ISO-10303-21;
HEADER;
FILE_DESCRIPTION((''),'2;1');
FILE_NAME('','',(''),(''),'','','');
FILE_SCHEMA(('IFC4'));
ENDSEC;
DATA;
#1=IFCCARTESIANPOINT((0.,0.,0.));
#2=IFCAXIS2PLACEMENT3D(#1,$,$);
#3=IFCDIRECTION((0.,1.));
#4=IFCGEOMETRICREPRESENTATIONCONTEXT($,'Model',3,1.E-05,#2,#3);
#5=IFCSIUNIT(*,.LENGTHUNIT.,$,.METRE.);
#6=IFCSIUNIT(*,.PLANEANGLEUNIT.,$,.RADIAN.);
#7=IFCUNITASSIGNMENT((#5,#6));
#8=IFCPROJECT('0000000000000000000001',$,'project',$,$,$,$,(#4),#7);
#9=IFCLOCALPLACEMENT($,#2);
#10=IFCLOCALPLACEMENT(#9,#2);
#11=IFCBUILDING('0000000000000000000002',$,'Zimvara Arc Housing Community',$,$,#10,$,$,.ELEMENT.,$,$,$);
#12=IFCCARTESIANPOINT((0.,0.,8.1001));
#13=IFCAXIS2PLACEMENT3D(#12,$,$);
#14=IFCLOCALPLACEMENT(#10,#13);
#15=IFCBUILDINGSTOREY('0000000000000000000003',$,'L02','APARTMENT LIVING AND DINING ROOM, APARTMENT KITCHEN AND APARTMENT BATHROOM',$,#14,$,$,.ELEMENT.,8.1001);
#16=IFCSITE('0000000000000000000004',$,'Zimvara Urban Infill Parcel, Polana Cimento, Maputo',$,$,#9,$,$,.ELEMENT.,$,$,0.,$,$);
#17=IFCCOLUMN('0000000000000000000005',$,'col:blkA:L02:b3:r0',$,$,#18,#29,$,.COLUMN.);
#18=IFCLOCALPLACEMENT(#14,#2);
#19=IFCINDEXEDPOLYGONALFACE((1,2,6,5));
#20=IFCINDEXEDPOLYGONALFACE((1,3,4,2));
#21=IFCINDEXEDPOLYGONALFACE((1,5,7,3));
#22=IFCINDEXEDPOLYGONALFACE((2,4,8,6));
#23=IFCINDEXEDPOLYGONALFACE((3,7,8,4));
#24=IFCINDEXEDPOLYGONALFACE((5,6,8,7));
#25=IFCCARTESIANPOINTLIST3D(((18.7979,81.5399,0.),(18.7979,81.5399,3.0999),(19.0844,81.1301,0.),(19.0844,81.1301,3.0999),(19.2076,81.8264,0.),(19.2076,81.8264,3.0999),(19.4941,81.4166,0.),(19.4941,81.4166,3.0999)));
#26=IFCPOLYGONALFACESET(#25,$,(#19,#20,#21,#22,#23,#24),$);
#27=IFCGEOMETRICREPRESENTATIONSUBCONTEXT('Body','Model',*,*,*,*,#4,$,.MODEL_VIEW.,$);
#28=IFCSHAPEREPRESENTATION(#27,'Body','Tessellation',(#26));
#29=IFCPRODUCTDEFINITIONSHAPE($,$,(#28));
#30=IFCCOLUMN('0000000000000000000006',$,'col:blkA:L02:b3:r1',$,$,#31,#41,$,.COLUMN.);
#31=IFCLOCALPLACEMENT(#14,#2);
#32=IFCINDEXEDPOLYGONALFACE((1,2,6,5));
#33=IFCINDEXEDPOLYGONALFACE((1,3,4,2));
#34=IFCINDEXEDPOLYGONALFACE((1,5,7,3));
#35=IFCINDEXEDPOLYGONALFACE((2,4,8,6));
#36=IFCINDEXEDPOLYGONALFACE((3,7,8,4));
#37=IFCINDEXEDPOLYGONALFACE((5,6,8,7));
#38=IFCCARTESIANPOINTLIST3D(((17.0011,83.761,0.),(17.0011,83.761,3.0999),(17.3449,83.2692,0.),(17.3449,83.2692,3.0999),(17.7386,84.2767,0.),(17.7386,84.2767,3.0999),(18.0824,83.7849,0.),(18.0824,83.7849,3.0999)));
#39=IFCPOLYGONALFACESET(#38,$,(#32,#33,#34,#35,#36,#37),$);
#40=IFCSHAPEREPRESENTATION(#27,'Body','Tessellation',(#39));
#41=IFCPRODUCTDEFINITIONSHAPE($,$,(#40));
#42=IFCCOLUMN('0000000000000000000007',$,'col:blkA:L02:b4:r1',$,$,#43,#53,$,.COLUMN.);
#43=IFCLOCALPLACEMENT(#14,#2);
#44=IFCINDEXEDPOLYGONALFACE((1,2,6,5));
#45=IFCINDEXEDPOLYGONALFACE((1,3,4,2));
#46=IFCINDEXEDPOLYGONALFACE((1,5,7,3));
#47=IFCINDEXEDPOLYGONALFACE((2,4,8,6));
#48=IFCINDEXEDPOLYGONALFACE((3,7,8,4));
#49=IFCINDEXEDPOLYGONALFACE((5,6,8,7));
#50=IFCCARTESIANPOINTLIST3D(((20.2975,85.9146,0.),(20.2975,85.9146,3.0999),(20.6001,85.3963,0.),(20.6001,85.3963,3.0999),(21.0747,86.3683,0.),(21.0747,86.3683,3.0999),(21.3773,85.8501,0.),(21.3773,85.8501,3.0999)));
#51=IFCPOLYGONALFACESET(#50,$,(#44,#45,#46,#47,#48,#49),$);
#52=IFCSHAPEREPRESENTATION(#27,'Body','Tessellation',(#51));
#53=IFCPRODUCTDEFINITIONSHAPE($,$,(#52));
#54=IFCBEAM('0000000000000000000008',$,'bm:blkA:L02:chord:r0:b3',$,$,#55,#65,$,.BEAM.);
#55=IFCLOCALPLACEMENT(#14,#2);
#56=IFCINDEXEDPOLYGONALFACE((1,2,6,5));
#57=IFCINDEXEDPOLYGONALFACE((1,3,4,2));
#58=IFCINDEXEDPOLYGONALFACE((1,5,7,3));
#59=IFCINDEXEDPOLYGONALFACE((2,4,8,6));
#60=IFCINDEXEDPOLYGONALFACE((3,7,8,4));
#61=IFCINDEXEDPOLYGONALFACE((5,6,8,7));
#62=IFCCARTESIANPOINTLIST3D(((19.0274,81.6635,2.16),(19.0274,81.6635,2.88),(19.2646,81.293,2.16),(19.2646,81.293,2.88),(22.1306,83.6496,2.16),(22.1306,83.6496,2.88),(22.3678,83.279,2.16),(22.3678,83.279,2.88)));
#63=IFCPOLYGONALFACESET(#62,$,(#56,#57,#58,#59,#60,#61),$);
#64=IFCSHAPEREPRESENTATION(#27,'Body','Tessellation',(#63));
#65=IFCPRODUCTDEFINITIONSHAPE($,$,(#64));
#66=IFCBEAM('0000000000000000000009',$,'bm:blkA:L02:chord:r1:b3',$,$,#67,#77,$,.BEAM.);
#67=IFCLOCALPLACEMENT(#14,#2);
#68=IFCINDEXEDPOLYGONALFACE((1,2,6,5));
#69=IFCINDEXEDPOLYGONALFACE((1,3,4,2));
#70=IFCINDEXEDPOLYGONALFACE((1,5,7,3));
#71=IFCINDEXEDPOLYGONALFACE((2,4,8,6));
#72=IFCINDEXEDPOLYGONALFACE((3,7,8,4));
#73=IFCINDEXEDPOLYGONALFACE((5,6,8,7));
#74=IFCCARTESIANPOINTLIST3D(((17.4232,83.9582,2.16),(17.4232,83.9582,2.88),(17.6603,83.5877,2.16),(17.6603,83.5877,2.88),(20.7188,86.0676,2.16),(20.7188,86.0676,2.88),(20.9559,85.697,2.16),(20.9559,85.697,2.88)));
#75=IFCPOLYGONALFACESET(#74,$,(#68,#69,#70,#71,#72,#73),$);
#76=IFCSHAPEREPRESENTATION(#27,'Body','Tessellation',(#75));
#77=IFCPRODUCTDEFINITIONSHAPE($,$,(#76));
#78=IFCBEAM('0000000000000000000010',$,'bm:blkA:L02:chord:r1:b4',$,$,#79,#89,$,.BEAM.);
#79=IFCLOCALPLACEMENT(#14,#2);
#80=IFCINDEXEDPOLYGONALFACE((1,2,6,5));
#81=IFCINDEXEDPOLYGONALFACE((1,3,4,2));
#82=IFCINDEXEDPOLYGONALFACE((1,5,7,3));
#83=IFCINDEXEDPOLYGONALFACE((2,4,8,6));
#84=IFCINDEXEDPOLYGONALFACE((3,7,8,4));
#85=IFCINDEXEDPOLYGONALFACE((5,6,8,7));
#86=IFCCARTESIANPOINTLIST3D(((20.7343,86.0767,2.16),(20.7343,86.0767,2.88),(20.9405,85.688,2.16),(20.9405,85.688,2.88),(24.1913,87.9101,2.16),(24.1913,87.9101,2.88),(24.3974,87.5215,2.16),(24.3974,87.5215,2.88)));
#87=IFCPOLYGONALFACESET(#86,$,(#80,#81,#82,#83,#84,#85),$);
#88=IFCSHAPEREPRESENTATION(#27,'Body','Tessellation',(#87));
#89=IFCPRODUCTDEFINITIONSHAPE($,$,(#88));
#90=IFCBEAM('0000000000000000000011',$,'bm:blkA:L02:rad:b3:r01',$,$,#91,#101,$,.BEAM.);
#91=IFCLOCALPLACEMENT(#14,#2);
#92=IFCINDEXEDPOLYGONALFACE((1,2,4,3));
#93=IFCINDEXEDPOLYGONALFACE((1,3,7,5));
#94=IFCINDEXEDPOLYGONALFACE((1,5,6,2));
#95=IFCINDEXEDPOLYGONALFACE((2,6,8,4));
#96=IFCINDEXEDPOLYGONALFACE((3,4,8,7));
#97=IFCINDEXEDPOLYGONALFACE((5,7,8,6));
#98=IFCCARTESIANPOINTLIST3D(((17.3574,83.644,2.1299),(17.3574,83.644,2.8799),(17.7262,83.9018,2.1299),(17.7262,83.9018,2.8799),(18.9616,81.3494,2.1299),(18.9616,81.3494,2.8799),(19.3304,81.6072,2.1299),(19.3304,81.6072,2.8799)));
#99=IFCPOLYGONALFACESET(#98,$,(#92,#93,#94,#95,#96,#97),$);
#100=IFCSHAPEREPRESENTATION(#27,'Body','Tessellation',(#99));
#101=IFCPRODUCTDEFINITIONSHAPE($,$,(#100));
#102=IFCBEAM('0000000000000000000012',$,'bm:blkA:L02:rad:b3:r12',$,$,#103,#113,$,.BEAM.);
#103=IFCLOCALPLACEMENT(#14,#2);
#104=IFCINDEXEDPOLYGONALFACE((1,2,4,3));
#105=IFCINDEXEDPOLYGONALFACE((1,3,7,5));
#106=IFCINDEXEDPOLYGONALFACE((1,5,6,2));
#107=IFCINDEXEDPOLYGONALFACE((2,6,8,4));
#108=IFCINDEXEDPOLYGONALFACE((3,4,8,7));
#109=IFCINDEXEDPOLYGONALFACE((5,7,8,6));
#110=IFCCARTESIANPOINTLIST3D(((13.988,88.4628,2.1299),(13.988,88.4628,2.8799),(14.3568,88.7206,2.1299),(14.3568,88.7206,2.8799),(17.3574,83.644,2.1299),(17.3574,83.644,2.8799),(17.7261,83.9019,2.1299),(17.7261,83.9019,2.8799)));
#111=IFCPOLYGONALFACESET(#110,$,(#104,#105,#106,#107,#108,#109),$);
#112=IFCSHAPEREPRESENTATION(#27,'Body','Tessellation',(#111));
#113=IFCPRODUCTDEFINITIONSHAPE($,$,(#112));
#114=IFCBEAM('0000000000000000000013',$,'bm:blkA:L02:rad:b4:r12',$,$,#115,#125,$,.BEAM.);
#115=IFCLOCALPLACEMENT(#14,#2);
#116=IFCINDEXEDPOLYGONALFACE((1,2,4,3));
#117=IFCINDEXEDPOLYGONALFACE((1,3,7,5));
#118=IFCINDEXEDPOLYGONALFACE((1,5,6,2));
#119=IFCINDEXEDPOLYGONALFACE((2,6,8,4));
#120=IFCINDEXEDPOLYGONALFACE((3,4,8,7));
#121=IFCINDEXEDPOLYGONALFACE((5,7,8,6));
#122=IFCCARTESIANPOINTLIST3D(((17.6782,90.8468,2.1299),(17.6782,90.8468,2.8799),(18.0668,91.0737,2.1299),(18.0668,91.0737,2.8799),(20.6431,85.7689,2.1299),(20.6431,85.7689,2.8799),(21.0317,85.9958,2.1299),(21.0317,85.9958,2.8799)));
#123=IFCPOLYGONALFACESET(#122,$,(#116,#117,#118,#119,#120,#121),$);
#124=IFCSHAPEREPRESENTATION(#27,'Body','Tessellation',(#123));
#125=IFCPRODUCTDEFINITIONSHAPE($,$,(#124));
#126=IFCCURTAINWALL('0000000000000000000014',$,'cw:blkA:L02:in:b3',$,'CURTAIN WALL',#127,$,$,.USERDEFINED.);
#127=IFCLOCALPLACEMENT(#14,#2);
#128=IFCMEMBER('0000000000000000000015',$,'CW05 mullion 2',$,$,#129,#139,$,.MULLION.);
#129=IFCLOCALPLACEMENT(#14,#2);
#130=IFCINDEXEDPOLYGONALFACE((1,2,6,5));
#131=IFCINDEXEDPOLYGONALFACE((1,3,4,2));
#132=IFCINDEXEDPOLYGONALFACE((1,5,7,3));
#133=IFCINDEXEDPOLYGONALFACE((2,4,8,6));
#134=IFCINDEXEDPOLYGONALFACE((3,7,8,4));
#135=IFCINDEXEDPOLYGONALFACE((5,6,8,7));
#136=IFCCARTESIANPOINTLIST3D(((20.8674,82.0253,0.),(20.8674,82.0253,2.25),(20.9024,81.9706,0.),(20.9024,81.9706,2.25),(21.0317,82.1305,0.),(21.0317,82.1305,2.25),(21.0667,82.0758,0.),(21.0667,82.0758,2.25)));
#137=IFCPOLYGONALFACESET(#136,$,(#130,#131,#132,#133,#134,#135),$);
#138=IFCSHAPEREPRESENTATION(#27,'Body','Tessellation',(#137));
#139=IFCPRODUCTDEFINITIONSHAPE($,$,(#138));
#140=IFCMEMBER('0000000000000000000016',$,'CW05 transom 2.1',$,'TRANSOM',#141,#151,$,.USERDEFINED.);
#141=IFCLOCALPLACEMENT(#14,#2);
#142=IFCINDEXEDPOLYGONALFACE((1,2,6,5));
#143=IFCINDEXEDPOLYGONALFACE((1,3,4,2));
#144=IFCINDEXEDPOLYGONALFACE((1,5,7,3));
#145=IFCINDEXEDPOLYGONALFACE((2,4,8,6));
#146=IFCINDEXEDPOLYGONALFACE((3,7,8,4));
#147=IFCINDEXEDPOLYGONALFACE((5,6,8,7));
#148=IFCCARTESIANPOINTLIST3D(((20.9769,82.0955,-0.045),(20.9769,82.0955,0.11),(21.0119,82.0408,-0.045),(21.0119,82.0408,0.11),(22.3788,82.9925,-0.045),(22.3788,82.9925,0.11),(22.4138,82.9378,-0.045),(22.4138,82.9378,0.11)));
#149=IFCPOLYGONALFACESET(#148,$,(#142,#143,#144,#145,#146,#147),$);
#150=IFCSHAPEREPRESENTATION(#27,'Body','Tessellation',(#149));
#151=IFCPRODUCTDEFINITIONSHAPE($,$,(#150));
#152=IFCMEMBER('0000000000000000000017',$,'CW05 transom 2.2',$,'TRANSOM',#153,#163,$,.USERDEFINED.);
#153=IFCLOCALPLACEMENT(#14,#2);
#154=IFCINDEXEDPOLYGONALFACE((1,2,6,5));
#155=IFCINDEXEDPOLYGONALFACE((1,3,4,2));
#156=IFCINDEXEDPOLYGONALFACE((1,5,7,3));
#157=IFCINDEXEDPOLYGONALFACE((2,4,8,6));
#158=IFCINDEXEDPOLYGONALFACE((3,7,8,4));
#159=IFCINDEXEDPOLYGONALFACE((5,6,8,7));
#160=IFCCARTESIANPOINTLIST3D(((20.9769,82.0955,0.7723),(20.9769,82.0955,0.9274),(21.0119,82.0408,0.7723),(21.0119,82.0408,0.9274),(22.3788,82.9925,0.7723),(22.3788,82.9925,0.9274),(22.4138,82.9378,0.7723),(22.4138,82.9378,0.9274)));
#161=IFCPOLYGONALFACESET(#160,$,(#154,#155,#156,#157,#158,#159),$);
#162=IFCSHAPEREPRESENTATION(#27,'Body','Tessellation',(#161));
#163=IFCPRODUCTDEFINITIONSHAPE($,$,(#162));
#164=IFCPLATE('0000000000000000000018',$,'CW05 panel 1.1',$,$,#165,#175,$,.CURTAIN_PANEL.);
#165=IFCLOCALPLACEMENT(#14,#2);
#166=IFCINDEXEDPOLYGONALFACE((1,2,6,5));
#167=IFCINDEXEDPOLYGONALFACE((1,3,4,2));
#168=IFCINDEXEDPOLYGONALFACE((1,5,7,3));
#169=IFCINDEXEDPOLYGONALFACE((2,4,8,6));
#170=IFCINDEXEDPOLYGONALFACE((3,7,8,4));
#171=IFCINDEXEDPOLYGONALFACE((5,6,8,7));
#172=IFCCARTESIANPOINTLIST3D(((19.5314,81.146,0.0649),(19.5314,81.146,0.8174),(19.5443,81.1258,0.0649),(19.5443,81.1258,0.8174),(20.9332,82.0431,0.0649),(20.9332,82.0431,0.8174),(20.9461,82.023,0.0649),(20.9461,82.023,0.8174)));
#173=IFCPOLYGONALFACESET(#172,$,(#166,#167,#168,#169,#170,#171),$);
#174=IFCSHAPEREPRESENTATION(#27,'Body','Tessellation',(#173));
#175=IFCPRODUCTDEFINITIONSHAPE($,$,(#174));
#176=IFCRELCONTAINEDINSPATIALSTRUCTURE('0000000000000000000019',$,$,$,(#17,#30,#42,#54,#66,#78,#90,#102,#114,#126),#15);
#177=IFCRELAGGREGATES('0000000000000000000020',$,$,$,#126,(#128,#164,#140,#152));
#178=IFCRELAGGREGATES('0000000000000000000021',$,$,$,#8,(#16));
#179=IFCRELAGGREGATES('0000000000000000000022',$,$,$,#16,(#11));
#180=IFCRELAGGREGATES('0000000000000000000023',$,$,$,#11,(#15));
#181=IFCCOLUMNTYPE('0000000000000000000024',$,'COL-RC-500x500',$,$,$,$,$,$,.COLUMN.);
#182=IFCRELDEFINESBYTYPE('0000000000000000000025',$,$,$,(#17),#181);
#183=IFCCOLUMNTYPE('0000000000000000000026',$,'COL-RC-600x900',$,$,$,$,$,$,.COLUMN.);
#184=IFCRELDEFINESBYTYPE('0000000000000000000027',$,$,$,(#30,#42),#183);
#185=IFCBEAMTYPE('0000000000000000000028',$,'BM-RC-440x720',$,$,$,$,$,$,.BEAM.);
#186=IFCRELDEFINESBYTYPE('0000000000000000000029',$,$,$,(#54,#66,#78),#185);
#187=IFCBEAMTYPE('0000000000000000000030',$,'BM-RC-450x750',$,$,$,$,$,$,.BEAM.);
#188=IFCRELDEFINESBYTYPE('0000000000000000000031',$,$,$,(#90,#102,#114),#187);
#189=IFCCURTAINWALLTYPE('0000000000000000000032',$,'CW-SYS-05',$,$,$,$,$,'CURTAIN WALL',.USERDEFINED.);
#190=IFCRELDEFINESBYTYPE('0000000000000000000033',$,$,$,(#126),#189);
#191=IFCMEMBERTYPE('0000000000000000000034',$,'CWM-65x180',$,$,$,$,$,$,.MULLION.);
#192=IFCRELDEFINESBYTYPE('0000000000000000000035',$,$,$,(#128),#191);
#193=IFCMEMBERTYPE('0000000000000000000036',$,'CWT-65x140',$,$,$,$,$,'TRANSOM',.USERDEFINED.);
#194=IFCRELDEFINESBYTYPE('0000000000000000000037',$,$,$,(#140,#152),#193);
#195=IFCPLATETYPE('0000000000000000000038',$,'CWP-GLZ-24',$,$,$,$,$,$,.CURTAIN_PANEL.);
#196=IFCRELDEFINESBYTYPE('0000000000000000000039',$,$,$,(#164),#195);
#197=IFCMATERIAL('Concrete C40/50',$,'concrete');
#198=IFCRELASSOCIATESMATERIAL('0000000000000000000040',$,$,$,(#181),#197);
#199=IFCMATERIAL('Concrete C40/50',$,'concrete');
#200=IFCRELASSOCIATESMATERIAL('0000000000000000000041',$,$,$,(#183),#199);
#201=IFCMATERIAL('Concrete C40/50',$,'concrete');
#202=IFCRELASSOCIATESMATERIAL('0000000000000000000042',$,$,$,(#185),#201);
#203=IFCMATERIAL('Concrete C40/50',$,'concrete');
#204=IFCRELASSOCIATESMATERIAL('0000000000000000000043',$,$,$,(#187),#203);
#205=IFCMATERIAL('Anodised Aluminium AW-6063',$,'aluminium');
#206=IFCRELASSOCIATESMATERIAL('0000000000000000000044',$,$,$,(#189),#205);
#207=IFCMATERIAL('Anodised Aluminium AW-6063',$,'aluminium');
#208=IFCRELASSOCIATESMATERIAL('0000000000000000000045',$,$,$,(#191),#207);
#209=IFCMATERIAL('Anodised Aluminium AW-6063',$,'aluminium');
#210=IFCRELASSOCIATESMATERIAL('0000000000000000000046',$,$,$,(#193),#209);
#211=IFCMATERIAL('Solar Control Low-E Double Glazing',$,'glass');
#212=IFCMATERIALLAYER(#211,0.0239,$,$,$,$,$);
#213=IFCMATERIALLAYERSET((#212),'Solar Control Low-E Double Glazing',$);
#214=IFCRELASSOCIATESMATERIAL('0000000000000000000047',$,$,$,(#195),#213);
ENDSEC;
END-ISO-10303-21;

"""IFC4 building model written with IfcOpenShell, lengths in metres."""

from ifc_helpers import new_model, si_unit, direction, frame, origin, origin_2d, place, context, subcontext, project, spatial, rectangle, extrude, material, layer, layer_set, material_profile, profile_set, type_object, element, aggregate, save


model = new_model("IFC4")

# Units and contexts
model_context = context("Model", 3, precision=1e-05, world=origin(), true_north=direction((0.0, 1.0)))
body_context = subcontext(model_context, "Body", "Model", "MODEL_VIEW")
ifc_project = project(units=[si_unit("LENGTHUNIT", "METRE"), si_unit("PLANEANGLEUNIT", "RADIAN")], contexts=[model_context])

# Site, building, storey
site_placement = place(None, origin())
site = spatial("IfcSite", under=ifc_project, at=site_placement, Name="Zimvara Urban Infill Parcel, Polana Cimento, Maputo", CompositionType="ELEMENT", RefElevation=0.0)
building_placement = place(site_placement, origin())
building = spatial("IfcBuilding", under=site, at=building_placement, Name="Zimvara Arc Housing Community", CompositionType="ELEMENT")
storey_placement = place(building_placement, frame((0.0, 0.0, 8.1001)))
storey = spatial("IfcBuildingStorey", under=building, at=storey_placement, Name="L02", Description="APARTMENT LIVING AND DINING ROOM, APARTMENT KITCHEN AND APARTMENT BATHROOM", CompositionType="ELEMENT", Elevation=8.1001)

# Columns
ifc_material_1 = material(Name="Concrete C40/50", Category="concrete")
ifc_material_profile_1 = material_profile(ifc_material_1, rectangle(XDim=0.5, YDim=0.5, at=origin_2d()), Name="RC 500x500")
ifc_profile_set_1 = profile_set([ifc_material_profile_1], Name="Concrete C40/50")
column_type_1 = type_object("IfcColumnType", Name="COL-RC-500x500", PredefinedType="COLUMN", material=ifc_profile_set_1)
column_placement = place(storey_placement, frame((19.146, 81.4783, 0.0), z_axis=(0.0, 0.0, 1.0), x_axis=(-0.573004, 0.819552, 0.0)))
element("IfcColumn", 1, at=column_placement, inside=storey, type_object=column_type_1, Name="col:blkA:L02:b3:r0", PredefinedType="COLUMN", context=body_context, shape_type="SweptSolid", body=[
    extrude(rectangle(XDim=0.5, YDim=0.5, at=origin_2d()), origin(), (0.0, 0.0, 1.0), 3.0999),
])
ifc_material_2 = material(Name="Concrete C40/50", Category="concrete")
ifc_material_profile_2 = material_profile(ifc_material_2, rectangle(XDim=0.6001, YDim=0.8999, at=origin_2d()), Name="RC 600x900")
ifc_profile_set_2 = profile_set([ifc_material_profile_2], Name="Concrete C40/50")
column_type_2 = type_object("IfcColumnType", Name="COL-RC-600x900", PredefinedType="COLUMN", material=ifc_profile_set_2)
for number, where, z_axis, x_axis, name in (
    (2, (17.5417, 83.7729, 0.0), (0.0, 0.0, 1.0), (-0.573004, 0.819552, 0.0), "col:blkA:L02:b3:r1"),
    (3, (20.8374, 85.8823, 0.0), (0.0, 0.0, 1.0), (-0.504226, 0.863572, 0.0), "col:blkA:L02:b4:r1"),
):
    element("IfcColumn", number, at=place(storey_placement, frame(where, z_axis=z_axis, x_axis=x_axis)), inside=storey, type_object=column_type_2, Name=name, PredefinedType="COLUMN", context=body_context, shape_type="SweptSolid", body=[
        extrude(rectangle(XDim=0.6001, YDim=0.8999, at=origin_2d()), origin(), (0.0, 0.0, 1.0), 3.0999),
    ])

# Beams
ifc_material_3 = material(Name="Concrete C40/50", Category="concrete")
ifc_material_profile_3 = material_profile(ifc_material_3, rectangle(XDim=0.4399, YDim=0.72, at=origin_2d()), Name="RC 440x720")
ifc_profile_set_3 = profile_set([ifc_material_profile_3], Name="Concrete C40/50")
beam_type_1 = type_object("IfcBeamType", Name="BM-RC-440x720", PredefinedType="BEAM", material=ifc_profile_set_3)
beam_1_placement = place(storey_placement, frame((19.146, 81.4783, 2.52), z_axis=(0.842273, 0.539052, 0.0), x_axis=(-0.539052, 0.842273, 0.0)))
element("IfcBeam", 4, at=beam_1_placement, inside=storey, type_object=beam_type_1, Name="bm:blkA:L02:chord:r0:b3", PredefinedType="BEAM", context=body_context, shape_type="SweptSolid", body=[
    extrude(rectangle(XDim=0.4399, YDim=0.72, at=origin_2d()), origin(), (0.0, 0.0, 1.0), 3.6843),
])
beam_2_placement = place(storey_placement, frame((17.5417, 83.7729, 2.52), z_axis=(0.842253, 0.539082, 0.0), x_axis=(-0.539082, 0.842253, 0.0)))
element("IfcBeam", 5, at=beam_2_placement, inside=storey, type_object=beam_type_1, Name="bm:blkA:L02:chord:r1:b3", PredefinedType="BEAM", context=body_context, shape_type="SweptSolid", body=[
    extrude(rectangle(XDim=0.4399, YDim=0.72, at=origin_2d()), origin(), (0.0, 0.0, 1.0), 3.9128),
])
beam_3_placement = place(storey_placement, frame((20.8374, 85.8823, 2.52), z_axis=(0.883439, 0.468547, 0.0), x_axis=(-0.468547, 0.883439, 0.0)))
element("IfcBeam", 6, at=beam_3_placement, inside=storey, type_object=beam_type_1, Name="bm:blkA:L02:chord:r1:b4", PredefinedType="BEAM", context=body_context, shape_type="SweptSolid", body=[
    extrude(rectangle(XDim=0.4399, YDim=0.72, at=origin_2d()), origin(), (0.0, 0.0, 1.0), 3.9131),
])
ifc_material_4 = material(Name="Concrete C40/50", Category="concrete")
ifc_material_profile_4 = material_profile(ifc_material_4, rectangle(XDim=0.45, YDim=0.75, at=origin_2d()), Name="RC 450x750")
ifc_profile_set_4 = profile_set([ifc_material_profile_4], Name="Concrete C40/50")
beam_type_2 = type_object("IfcBeamType", Name="BM-RC-450x750", PredefinedType="BEAM", material=ifc_profile_set_4)
beam_4_placement = place(storey_placement, frame((19.146, 81.4783, 2.5049), z_axis=(-0.572977, 0.819572, 0.0), x_axis=(-0.819572, -0.572977, 0.0)))
element("IfcBeam", 7, at=beam_4_placement, inside=storey, type_object=beam_type_2, Name="bm:blkA:L02:rad:b3:r01", PredefinedType="BEAM", context=body_context, shape_type="SweptSolid", body=[
    extrude(rectangle(XDim=0.45, YDim=0.75, at=origin_2d()), origin(), (0.0, 0.0, 1.0), 2.7998),
])
beam_5_placement = place(storey_placement, frame((17.5417, 83.7729, 2.5049), z_axis=(-0.573028, 0.819536, 0.0), x_axis=(-0.819536, -0.573028, 0.0)))
element("IfcBeam", 8, at=beam_5_placement, inside=storey, type_object=beam_type_2, Name="bm:blkA:L02:rad:b3:r12", PredefinedType="BEAM", context=body_context, shape_type="SweptSolid", body=[
    extrude(rectangle(XDim=0.45, YDim=0.75, at=origin_2d()), origin(), (0.0, 0.0, 1.0), 5.8799),
])
beam_6_placement = place(storey_placement, frame((20.8374, 85.8823, 2.5049), z_axis=(-0.504219, 0.863576, 0.0), x_axis=(-0.863576, -0.504219, 0.0)))
element("IfcBeam", 9, at=beam_6_placement, inside=storey, type_object=beam_type_2, Name="bm:blkA:L02:rad:b4:r12", PredefinedType="BEAM", context=body_context, shape_type="SweptSolid", body=[
    extrude(rectangle(XDim=0.45, YDim=0.75, at=origin_2d()), origin(), (0.0, 0.0, 1.0), 5.8801),
])

# Curtain wall, members, plate
ifc_material_5 = material(Name="Anodised Aluminium AW-6063", Category="aluminium")
curtain_wall_type = type_object("IfcCurtainWallType", Name="CW-SYS-05", ElementType="CURTAIN WALL", PredefinedType="USERDEFINED", material=ifc_material_5)
curtain_wall_placement = place(storey_placement, origin())
curtain_wall = element("IfcCurtainWall", 10, at=curtain_wall_placement, inside=storey, type_object=curtain_wall_type, Name="cw:blkA:L02:in:b3", ObjectType="CURTAIN WALL", PredefinedType="USERDEFINED")
ifc_material_6 = material(Name="Anodised Aluminium AW-6063", Category="aluminium")
ifc_material_profile_5 = material_profile(ifc_material_6, rectangle(XDim=0.0649, YDim=0.1951, at=origin_2d()), Name="ALU 65x195")
ifc_profile_set_5 = profile_set([ifc_material_profile_5], Name="Anodised Aluminium AW-6063")
member_type_1 = type_object("IfcMemberType", Name="CWM-65x180", PredefinedType="MULLION", material=ifc_profile_set_5)
member_1_placement = place(storey_placement, frame((20.967, 82.0505, 0.0), z_axis=(0.0, 0.0, 1.0), x_axis=(-0.539064, 0.842265, 0.0)))
member_1 = element("IfcMember", 11, at=member_1_placement, type_object=member_type_1, Name="CW05 mullion 2", PredefinedType="MULLION", context=body_context, shape_type="SweptSolid", body=[
    extrude(rectangle(XDim=0.0649, YDim=0.1951, at=origin_2d()), origin(), (0.0, 0.0, 1.0), 2.25),
])
ifc_material_7 = material(Name="Anodised Aluminium AW-6063", Category="aluminium")
ifc_material_profile_6 = material_profile(ifc_material_7, rectangle(XDim=0.0649, YDim=0.155, at=origin_2d()), Name="ALU 65x155")
ifc_profile_set_6 = profile_set([ifc_material_profile_6], Name="Anodised Aluminium AW-6063")
member_type_2 = type_object("IfcMemberType", Name="CWT-65x140", ElementType="TRANSOM", PredefinedType="USERDEFINED", material=ifc_profile_set_6)
member_2_placement = place(storey_placement, frame((20.9944, 82.0681, 0.0325), z_axis=(0.84233, 0.538962, 0.0), x_axis=(-0.538962, 0.84233, 0.0)))
member_2 = element("IfcMember", 12, at=member_2_placement, type_object=member_type_2, Name="CW05 transom 2.1", ObjectType="TRANSOM", PredefinedType="USERDEFINED", context=body_context, shape_type="SweptSolid", body=[
    extrude(rectangle(XDim=0.0649, YDim=0.155, at=origin_2d()), origin(), (0.0, 0.0, 1.0), 1.6643),
])
member_3_placement = place(storey_placement, frame((20.9944, 82.0681, 0.8499), z_axis=(0.84233, 0.538962, 0.0), x_axis=(-0.538962, 0.84233, 0.0)))
member_3 = element("IfcMember", 13, at=member_3_placement, type_object=member_type_2, Name="CW05 transom 2.2", ObjectType="TRANSOM", PredefinedType="USERDEFINED", context=body_context, shape_type="SweptSolid", body=[
    extrude(rectangle(XDim=0.0649, YDim=0.155, at=origin_2d()), origin(), (0.0, 0.0, 1.0), 1.6643),
])
ifc_material_8 = material(Name="Solar Control Low-E Double Glazing", Category="glass")
ifc_layer_1 = layer(ifc_material_8, 0.0239)
ifc_layer_set_1 = layer_set([ifc_layer_1], Name="Solar Control Low-E Double Glazing")
plate_type = type_object("IfcPlateType", Name="CWP-GLZ-24", PredefinedType="CURTAIN_PANEL", material=ifc_layer_set_1)
plate_1_placement = place(storey_placement, frame((20.2388, 81.5845, 0.0649), z_axis=(0.0, 0.0, 1.0), x_axis=(0.842265, 0.539064, 0.0)))
plate_1 = element("IfcPlate", 14, at=plate_1_placement, type_object=plate_type, Name="CW05 panel 1.1", PredefinedType="CURTAIN_PANEL", context=body_context, shape_type="SweptSolid", body=[
    extrude(rectangle(XDim=1.6643, YDim=0.0239, at=origin_2d()), origin(), (0.0, 0.0, 1.0), 0.7524),
])
aggregate(curtain_wall, [member_1, plate_1, member_2, member_3])

save(model, "model.ifc")
